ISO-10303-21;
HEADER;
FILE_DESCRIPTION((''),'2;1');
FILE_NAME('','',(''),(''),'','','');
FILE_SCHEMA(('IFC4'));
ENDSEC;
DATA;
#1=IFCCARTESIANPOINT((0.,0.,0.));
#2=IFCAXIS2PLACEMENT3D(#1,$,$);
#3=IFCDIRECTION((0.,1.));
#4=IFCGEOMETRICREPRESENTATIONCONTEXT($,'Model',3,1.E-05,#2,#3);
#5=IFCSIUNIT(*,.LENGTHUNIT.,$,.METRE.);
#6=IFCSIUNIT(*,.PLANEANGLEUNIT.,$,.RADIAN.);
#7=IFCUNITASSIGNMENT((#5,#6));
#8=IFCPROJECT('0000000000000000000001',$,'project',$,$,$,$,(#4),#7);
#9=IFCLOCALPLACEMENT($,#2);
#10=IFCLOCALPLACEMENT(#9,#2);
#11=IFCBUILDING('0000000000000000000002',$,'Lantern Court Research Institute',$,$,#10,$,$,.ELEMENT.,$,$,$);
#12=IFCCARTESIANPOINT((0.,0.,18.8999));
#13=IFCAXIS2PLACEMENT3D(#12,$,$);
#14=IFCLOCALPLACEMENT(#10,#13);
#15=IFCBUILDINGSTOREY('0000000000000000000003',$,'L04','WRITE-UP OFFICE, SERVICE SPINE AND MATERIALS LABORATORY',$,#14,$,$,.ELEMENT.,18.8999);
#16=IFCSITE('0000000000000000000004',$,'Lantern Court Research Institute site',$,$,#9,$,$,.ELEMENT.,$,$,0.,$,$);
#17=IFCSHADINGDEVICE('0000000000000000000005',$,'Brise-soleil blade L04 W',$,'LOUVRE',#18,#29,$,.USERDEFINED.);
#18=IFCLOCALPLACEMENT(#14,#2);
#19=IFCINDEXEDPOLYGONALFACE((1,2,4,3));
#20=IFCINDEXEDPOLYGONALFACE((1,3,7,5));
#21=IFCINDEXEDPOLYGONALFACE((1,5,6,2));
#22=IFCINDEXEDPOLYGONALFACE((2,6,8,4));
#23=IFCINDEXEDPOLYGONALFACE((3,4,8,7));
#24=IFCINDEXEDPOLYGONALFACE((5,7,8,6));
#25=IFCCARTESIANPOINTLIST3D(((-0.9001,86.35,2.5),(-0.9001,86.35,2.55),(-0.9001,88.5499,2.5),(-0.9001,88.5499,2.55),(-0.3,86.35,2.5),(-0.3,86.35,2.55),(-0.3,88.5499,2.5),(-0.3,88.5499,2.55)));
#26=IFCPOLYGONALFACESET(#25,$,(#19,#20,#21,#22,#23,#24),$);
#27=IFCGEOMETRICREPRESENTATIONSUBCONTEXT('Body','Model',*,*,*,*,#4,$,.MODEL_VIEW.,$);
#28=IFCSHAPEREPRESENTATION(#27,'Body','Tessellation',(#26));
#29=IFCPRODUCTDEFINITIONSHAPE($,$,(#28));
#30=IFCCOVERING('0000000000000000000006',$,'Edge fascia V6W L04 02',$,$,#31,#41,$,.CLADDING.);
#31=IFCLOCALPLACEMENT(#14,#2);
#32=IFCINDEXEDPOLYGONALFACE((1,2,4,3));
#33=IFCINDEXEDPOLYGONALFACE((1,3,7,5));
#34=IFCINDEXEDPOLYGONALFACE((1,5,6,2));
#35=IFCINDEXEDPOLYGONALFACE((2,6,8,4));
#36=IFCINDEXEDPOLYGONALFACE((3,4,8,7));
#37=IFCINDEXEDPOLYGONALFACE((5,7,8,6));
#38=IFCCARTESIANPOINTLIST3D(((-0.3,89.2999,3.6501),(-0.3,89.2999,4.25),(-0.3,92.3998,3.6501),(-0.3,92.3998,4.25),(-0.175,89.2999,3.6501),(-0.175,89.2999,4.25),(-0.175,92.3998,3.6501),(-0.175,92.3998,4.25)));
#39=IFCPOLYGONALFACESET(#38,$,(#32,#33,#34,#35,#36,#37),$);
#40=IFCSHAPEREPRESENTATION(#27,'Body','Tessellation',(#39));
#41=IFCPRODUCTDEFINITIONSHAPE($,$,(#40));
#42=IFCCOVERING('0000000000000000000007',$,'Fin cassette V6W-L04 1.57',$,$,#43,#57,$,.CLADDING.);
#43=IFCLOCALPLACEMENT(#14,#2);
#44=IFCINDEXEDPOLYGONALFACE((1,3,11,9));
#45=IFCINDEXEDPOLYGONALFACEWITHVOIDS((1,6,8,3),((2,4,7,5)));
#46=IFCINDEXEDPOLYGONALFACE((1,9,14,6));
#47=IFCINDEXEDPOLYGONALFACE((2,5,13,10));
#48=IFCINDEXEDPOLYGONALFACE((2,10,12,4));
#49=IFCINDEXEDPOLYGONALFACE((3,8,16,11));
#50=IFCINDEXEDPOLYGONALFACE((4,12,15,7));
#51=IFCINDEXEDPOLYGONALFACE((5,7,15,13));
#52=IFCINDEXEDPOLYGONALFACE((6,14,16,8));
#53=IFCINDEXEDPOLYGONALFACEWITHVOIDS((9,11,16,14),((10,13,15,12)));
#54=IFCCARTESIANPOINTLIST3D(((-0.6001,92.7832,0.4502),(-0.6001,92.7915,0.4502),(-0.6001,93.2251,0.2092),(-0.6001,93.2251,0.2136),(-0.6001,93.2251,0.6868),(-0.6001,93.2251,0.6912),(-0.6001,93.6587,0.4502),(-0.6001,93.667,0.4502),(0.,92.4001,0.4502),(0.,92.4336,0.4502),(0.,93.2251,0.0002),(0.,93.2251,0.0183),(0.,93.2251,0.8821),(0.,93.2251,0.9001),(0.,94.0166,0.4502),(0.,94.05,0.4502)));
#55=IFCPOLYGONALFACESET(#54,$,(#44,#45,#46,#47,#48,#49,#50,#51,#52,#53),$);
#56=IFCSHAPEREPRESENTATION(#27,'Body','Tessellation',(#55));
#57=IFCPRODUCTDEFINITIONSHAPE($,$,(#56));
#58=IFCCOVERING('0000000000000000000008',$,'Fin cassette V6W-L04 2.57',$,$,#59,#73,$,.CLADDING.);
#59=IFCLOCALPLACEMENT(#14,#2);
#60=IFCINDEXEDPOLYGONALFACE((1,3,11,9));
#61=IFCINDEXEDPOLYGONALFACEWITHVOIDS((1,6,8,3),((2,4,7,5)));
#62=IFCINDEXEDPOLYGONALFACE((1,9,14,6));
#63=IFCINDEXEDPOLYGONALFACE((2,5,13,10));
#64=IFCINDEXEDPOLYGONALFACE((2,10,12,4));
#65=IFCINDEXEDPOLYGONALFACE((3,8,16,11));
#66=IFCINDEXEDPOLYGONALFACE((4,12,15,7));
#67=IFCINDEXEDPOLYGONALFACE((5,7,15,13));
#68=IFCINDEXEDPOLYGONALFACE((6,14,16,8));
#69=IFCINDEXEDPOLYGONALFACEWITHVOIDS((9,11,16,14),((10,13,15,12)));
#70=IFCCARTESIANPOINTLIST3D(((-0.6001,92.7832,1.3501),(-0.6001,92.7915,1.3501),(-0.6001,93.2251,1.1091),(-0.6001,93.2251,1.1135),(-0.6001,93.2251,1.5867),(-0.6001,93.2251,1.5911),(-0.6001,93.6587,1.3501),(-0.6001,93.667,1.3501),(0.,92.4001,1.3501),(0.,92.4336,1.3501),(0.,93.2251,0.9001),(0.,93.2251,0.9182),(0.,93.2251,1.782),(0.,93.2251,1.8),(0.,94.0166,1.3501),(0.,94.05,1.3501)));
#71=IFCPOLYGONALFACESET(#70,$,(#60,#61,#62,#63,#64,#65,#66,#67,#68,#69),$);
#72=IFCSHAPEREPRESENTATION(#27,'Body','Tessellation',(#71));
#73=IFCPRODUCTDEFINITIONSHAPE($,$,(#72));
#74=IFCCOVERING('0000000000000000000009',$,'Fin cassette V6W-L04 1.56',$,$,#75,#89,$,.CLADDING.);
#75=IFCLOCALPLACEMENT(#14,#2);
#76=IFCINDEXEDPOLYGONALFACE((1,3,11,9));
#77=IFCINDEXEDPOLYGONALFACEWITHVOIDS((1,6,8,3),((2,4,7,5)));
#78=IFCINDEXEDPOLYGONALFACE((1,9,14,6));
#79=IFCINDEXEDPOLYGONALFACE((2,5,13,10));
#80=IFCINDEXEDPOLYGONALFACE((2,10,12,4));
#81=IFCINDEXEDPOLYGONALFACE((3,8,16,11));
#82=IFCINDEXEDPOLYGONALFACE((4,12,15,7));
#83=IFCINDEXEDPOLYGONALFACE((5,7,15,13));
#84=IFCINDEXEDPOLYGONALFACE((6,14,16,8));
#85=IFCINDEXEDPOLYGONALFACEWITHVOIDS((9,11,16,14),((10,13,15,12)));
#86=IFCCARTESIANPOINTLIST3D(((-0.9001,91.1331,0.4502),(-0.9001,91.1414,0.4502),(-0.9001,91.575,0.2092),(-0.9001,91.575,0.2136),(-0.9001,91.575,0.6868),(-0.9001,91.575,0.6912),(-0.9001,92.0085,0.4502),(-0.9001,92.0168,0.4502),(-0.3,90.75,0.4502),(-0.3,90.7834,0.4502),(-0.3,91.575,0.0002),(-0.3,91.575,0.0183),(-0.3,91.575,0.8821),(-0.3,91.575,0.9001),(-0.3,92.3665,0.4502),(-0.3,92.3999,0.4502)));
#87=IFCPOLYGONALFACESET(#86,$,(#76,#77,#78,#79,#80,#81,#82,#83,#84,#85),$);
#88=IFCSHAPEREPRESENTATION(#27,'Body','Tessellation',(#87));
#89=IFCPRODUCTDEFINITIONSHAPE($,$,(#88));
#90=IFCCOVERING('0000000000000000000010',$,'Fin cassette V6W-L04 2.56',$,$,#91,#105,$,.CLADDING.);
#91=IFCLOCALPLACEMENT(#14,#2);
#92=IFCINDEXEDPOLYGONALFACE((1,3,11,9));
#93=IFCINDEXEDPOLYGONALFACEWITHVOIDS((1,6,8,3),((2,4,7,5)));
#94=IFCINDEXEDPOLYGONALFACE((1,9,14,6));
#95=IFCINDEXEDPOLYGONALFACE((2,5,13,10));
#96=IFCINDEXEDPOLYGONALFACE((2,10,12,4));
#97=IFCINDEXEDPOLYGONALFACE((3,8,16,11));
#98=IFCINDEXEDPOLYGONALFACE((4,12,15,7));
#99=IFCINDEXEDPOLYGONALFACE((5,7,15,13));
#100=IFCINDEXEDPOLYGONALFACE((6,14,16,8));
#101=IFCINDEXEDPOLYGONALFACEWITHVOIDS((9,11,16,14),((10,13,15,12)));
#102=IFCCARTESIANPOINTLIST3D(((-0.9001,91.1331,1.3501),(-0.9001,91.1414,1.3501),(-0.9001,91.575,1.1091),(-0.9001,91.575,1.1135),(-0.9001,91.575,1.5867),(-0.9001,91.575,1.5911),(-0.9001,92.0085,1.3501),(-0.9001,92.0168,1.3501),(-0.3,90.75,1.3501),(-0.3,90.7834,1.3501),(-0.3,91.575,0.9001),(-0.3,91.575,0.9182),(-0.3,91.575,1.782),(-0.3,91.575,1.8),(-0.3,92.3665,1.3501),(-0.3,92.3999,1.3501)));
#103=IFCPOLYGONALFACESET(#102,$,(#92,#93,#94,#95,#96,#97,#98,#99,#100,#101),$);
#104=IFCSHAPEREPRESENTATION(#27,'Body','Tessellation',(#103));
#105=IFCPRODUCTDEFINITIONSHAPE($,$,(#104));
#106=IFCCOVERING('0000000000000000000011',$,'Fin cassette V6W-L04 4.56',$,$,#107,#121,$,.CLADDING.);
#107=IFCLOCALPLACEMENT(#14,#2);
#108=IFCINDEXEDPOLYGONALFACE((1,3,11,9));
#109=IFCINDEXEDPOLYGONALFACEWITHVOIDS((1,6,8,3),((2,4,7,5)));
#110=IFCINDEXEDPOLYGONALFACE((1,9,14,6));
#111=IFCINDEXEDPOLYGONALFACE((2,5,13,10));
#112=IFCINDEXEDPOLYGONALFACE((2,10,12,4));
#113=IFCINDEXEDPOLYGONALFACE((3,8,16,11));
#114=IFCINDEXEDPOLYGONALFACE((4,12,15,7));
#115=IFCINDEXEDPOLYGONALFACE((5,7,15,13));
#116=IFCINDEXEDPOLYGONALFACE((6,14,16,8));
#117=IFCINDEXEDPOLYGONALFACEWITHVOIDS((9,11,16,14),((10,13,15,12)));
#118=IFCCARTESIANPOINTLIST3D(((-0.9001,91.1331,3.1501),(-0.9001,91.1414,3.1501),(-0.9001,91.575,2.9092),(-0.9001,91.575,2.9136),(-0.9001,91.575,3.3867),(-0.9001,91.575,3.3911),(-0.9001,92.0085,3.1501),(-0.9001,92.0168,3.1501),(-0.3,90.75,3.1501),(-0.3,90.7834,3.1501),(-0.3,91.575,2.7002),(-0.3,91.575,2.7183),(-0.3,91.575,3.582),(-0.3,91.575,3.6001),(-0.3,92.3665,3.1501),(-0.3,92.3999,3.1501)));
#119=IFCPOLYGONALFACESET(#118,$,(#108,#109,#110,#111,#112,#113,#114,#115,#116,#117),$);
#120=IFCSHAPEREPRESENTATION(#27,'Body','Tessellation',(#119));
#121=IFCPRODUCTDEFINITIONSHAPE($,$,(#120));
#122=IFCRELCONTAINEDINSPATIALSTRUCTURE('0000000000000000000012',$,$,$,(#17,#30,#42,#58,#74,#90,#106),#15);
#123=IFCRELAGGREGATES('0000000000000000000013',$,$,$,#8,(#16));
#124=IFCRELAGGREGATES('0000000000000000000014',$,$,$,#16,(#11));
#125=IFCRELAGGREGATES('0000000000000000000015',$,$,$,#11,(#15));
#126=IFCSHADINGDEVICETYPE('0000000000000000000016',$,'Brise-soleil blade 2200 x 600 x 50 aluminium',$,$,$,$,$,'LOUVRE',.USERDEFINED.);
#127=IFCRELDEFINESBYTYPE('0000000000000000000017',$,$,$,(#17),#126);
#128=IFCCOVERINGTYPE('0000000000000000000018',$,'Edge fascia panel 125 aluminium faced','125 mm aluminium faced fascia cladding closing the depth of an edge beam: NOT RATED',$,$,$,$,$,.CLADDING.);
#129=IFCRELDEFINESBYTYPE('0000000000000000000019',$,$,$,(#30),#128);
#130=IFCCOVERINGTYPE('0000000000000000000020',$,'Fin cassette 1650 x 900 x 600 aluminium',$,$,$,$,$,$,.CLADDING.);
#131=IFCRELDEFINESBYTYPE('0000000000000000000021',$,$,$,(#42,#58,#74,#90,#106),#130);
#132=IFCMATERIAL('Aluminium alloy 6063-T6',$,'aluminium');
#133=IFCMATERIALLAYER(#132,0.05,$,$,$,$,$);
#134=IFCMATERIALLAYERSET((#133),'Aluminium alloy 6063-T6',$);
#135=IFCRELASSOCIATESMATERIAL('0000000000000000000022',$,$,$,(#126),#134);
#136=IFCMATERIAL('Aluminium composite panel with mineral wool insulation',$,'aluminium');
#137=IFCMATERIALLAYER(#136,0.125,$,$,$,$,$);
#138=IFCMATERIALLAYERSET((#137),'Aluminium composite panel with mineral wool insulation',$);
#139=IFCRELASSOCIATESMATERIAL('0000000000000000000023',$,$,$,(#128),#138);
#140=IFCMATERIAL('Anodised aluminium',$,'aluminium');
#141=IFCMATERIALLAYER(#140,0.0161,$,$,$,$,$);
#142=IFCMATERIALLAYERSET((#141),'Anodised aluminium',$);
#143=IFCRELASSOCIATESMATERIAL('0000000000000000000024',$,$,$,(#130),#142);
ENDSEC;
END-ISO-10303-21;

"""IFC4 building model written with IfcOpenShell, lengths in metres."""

from ifc_helpers import new_model, entity, si_unit, direction, frame, frame_2d, origin, origin_2d, place, context, subcontext, project, spatial, rectangle, extrude, material, layer, layer_set, type_object, element, save


model = new_model("IFC4")

# Units and contexts
model_context = context("Model", 3, precision=1e-05, world=origin(), true_north=direction((0.0, 1.0)))
body_context = subcontext(model_context, "Body", "Model", "MODEL_VIEW")
ifc_project = project(units=[si_unit("LENGTHUNIT", "METRE"), si_unit("PLANEANGLEUNIT", "RADIAN")], contexts=[model_context])

# Site, building, storey
site_placement = place(None, origin())
site = spatial("IfcSite", under=ifc_project, at=site_placement, Name="Lantern Court Research Institute site", CompositionType="ELEMENT", RefElevation=0.0)
building_placement = place(site_placement, origin())
building = spatial("IfcBuilding", under=site, at=building_placement, Name="Lantern Court Research Institute", CompositionType="ELEMENT")
storey_placement = place(building_placement, frame((0.0, 0.0, 18.8999)))
storey = spatial("IfcBuildingStorey", under=building, at=storey_placement, Name="L04", Description="WRITE-UP OFFICE, SERVICE SPINE AND MATERIALS LABORATORY", CompositionType="ELEMENT", Elevation=18.8999)

# Shading device
ifc_material_1 = material(Name="Aluminium alloy 6063-T6", Category="aluminium")
ifc_layer_1 = layer(ifc_material_1, 0.05)
ifc_layer_set_1 = layer_set([ifc_layer_1], Name="Aluminium alloy 6063-T6")
shading_device_type_1 = type_object("IfcShadingDeviceType", Name="Brise-soleil blade 2200 x 600 x 50 aluminium", ElementType="LOUVRE", PredefinedType="USERDEFINED", material=ifc_layer_set_1)
shading_device_1_placement = place(storey_placement, frame((-0.6001, 87.45, 2.5), z_axis=(0.0, 0.0, 1.0), x_axis=(0.0, 1.0, 0.0)))
element("IfcShadingDevice", 1, at=shading_device_1_placement, inside=storey, type_object=shading_device_type_1, Name="Brise-soleil blade L04 W", ObjectType="LOUVRE", PredefinedType="USERDEFINED", context=body_context, shape_type="SweptSolid", body=[
    extrude(rectangle(XDim=2.2, YDim=0.6001, at=origin_2d()), origin(), (0.0, 0.0, 1.0), 0.05),
])

# Coverings
ifc_material_2 = material(Name="Aluminium composite panel with mineral wool insulation", Category="aluminium")
ifc_layer_2 = layer(ifc_material_2, 0.125)
ifc_layer_set_2 = layer_set([ifc_layer_2], Name="Aluminium composite panel with mineral wool insulation")
covering_type_1 = type_object("IfcCoveringType", Name="Edge fascia panel 125 aluminium faced", Description="125 mm aluminium faced fascia cladding closing the depth of an edge beam: NOT RATED", PredefinedType="CLADDING", material=ifc_layer_set_2)
covering_1_placement = place(storey_placement, frame((-0.2375, 89.3, 3.6501), z_axis=(0.0, 0.0, 1.0), x_axis=(0.0, 1.0, 0.0)))
element("IfcCovering", 2, at=covering_1_placement, inside=storey, type_object=covering_type_1, Name="Edge fascia V6W L04 02", PredefinedType="CLADDING", context=body_context, shape_type="SweptSolid", body=[
    extrude(rectangle(XDim=3.0999, YDim=0.125, at=frame_2d((1.5498, 0.0))), origin(), (0.0, 0.0, 1.0), 0.5999),
])
ifc_material_3 = material(Name="Anodised aluminium", Category="aluminium")
ifc_layer_3 = layer(ifc_material_3, 0.0161)
ifc_layer_set_3 = layer_set([ifc_layer_3], Name="Anodised aluminium")
covering_type_2 = type_object("IfcCoveringType", Name="Fin cassette 1650 x 900 x 600 aluminium", PredefinedType="CLADDING", material=ifc_layer_set_3)
covering_2_placement = place(storey_placement, frame((0.0, 93.2251, 0.4502), z_axis=(-1.0, 0.0, 0.0), x_axis=(0.0, -1.0, 0.0)))
cartesian_point_1 = entity("IfcCartesianPoint", [0.825, 0.0])
cartesian_point_2 = entity("IfcCartesianPoint", [0.7915, 0.0])
cartesian_point_3 = entity("IfcCartesianPoint", [0.4419, 0.0])
cartesian_point_4 = entity("IfcCartesianPoint", [0.4336, 0.0])
element("IfcCovering", 3, at=covering_2_placement, inside=storey, type_object=covering_type_2, Name="Fin cassette V6W-L04 1.57", PredefinedType="CLADDING", context=body_context, shape_type="SweptSolid", body=[
    entity("IfcExtrudedAreaSolidTapered", entity("IfcArbitraryProfileDefWithVoids", "AREA", None, entity("IfcPolyline", [cartesian_point_1, entity("IfcCartesianPoint", [0.0, 0.45]), entity("IfcCartesianPoint", [-0.825, 0.0]), entity("IfcCartesianPoint", [0.0, -0.45]), cartesian_point_1]), [entity("IfcPolyline", [cartesian_point_2, entity("IfcCartesianPoint", [0.0, 0.4319]), entity("IfcCartesianPoint", [-0.7915, 0.0]), entity("IfcCartesianPoint", [0.0, -0.4319]), cartesian_point_2])]), entity("IfcAxis2Placement3D", entity("IfcCartesianPoint", [0.0, 0.0, 0.0])), entity("IfcDirection", [0.0, 0.0, 1.0]), 0.6001, entity("IfcArbitraryProfileDefWithVoids", "AREA", None, entity("IfcPolyline", [cartesian_point_3, entity("IfcCartesianPoint", [0.0, 0.241]), entity("IfcCartesianPoint", [-0.4419, 0.0]), entity("IfcCartesianPoint", [0.0, -0.241]), cartesian_point_3]), [entity("IfcPolyline", [cartesian_point_4, entity("IfcCartesianPoint", [0.0, 0.2366]), entity("IfcCartesianPoint", [-0.4336, 0.0]), entity("IfcCartesianPoint", [0.0, -0.2366]), cartesian_point_4])])),
])
covering_3_placement = place(storey_placement, frame((0.0, 93.2251, 1.3501), z_axis=(-1.0, 0.0, 0.0), x_axis=(0.0, -1.0, 0.0)))
cartesian_point_5 = entity("IfcCartesianPoint", [0.825, 0.0])
cartesian_point_6 = entity("IfcCartesianPoint", [0.7915, 0.0])
cartesian_point_7 = entity("IfcCartesianPoint", [0.4419, 0.0])
cartesian_point_8 = entity("IfcCartesianPoint", [0.4336, 0.0])
element("IfcCovering", 4, at=covering_3_placement, inside=storey, type_object=covering_type_2, Name="Fin cassette V6W-L04 2.57", PredefinedType="CLADDING", context=body_context, shape_type="SweptSolid", body=[
    entity("IfcExtrudedAreaSolidTapered", entity("IfcArbitraryProfileDefWithVoids", "AREA", None, entity("IfcPolyline", [cartesian_point_5, entity("IfcCartesianPoint", [0.0, 0.45]), entity("IfcCartesianPoint", [-0.825, 0.0]), entity("IfcCartesianPoint", [0.0, -0.45]), cartesian_point_5]), [entity("IfcPolyline", [cartesian_point_6, entity("IfcCartesianPoint", [0.0, 0.4319]), entity("IfcCartesianPoint", [-0.7915, 0.0]), entity("IfcCartesianPoint", [0.0, -0.4319]), cartesian_point_6])]), entity("IfcAxis2Placement3D", entity("IfcCartesianPoint", [0.0, 0.0, 0.0])), entity("IfcDirection", [0.0, 0.0, 1.0]), 0.6001, entity("IfcArbitraryProfileDefWithVoids", "AREA", None, entity("IfcPolyline", [cartesian_point_7, entity("IfcCartesianPoint", [0.0, 0.241]), entity("IfcCartesianPoint", [-0.4419, 0.0]), entity("IfcCartesianPoint", [0.0, -0.241]), cartesian_point_7]), [entity("IfcPolyline", [cartesian_point_8, entity("IfcCartesianPoint", [0.0, 0.2366]), entity("IfcCartesianPoint", [-0.4336, 0.0]), entity("IfcCartesianPoint", [0.0, -0.2366]), cartesian_point_8])])),
])
covering_4_placement = place(storey_placement, frame((-0.3, 91.575, 0.4502), z_axis=(-1.0, 0.0, 0.0), x_axis=(0.0, -1.0, 0.0)))
cartesian_point_9 = entity("IfcCartesianPoint", [0.825, 0.0])
cartesian_point_10 = entity("IfcCartesianPoint", [0.7915, 0.0])
cartesian_point_11 = entity("IfcCartesianPoint", [0.4419, 0.0])
cartesian_point_12 = entity("IfcCartesianPoint", [0.4336, 0.0])
element("IfcCovering", 5, at=covering_4_placement, inside=storey, type_object=covering_type_2, Name="Fin cassette V6W-L04 1.56", PredefinedType="CLADDING", context=body_context, shape_type="SweptSolid", body=[
    entity("IfcExtrudedAreaSolidTapered", entity("IfcArbitraryProfileDefWithVoids", "AREA", None, entity("IfcPolyline", [cartesian_point_9, entity("IfcCartesianPoint", [0.0, 0.45]), entity("IfcCartesianPoint", [-0.825, 0.0]), entity("IfcCartesianPoint", [0.0, -0.45]), cartesian_point_9]), [entity("IfcPolyline", [cartesian_point_10, entity("IfcCartesianPoint", [0.0, 0.4319]), entity("IfcCartesianPoint", [-0.7915, 0.0]), entity("IfcCartesianPoint", [0.0, -0.4319]), cartesian_point_10])]), entity("IfcAxis2Placement3D", entity("IfcCartesianPoint", [0.0, 0.0, 0.0])), entity("IfcDirection", [0.0, 0.0, 1.0]), 0.6001, entity("IfcArbitraryProfileDefWithVoids", "AREA", None, entity("IfcPolyline", [cartesian_point_11, entity("IfcCartesianPoint", [0.0, 0.241]), entity("IfcCartesianPoint", [-0.4419, 0.0]), entity("IfcCartesianPoint", [0.0, -0.241]), cartesian_point_11]), [entity("IfcPolyline", [cartesian_point_12, entity("IfcCartesianPoint", [0.0, 0.2366]), entity("IfcCartesianPoint", [-0.4336, 0.0]), entity("IfcCartesianPoint", [0.0, -0.2366]), cartesian_point_12])])),
])
covering_5_placement = place(storey_placement, frame((-0.3, 91.575, 1.3501), z_axis=(-1.0, 0.0, 0.0), x_axis=(0.0, -1.0, 0.0)))
cartesian_point_13 = entity("IfcCartesianPoint", [0.825, 0.0])
cartesian_point_14 = entity("IfcCartesianPoint", [0.7915, 0.0])
cartesian_point_15 = entity("IfcCartesianPoint", [0.4419, 0.0])
cartesian_point_16 = entity("IfcCartesianPoint", [0.4336, 0.0])
element("IfcCovering", 6, at=covering_5_placement, inside=storey, type_object=covering_type_2, Name="Fin cassette V6W-L04 2.56", PredefinedType="CLADDING", context=body_context, shape_type="SweptSolid", body=[
    entity("IfcExtrudedAreaSolidTapered", entity("IfcArbitraryProfileDefWithVoids", "AREA", None, entity("IfcPolyline", [cartesian_point_13, entity("IfcCartesianPoint", [0.0, 0.45]), entity("IfcCartesianPoint", [-0.825, 0.0]), entity("IfcCartesianPoint", [0.0, -0.45]), cartesian_point_13]), [entity("IfcPolyline", [cartesian_point_14, entity("IfcCartesianPoint", [0.0, 0.4319]), entity("IfcCartesianPoint", [-0.7915, 0.0]), entity("IfcCartesianPoint", [0.0, -0.4319]), cartesian_point_14])]), entity("IfcAxis2Placement3D", entity("IfcCartesianPoint", [0.0, 0.0, 0.0])), entity("IfcDirection", [0.0, 0.0, 1.0]), 0.6001, entity("IfcArbitraryProfileDefWithVoids", "AREA", None, entity("IfcPolyline", [cartesian_point_15, entity("IfcCartesianPoint", [0.0, 0.241]), entity("IfcCartesianPoint", [-0.4419, 0.0]), entity("IfcCartesianPoint", [0.0, -0.241]), cartesian_point_15]), [entity("IfcPolyline", [cartesian_point_16, entity("IfcCartesianPoint", [0.0, 0.2366]), entity("IfcCartesianPoint", [-0.4336, 0.0]), entity("IfcCartesianPoint", [0.0, -0.2366]), cartesian_point_16])])),
])
covering_6_placement = place(storey_placement, frame((-0.3, 91.575, 3.1501), z_axis=(-1.0, 0.0, 0.0), x_axis=(0.0, -1.0, 0.0)))
cartesian_point_17 = entity("IfcCartesianPoint", [0.825, 0.0])
cartesian_point_18 = entity("IfcCartesianPoint", [0.7915, 0.0])
cartesian_point_19 = entity("IfcCartesianPoint", [0.4419, 0.0])
cartesian_point_20 = entity("IfcCartesianPoint", [0.4336, 0.0])
element("IfcCovering", 7, at=covering_6_placement, inside=storey, type_object=covering_type_2, Name="Fin cassette V6W-L04 4.56", PredefinedType="CLADDING", context=body_context, shape_type="SweptSolid", body=[
    entity("IfcExtrudedAreaSolidTapered", entity("IfcArbitraryProfileDefWithVoids", "AREA", None, entity("IfcPolyline", [cartesian_point_17, entity("IfcCartesianPoint", [0.0, 0.45]), entity("IfcCartesianPoint", [-0.825, 0.0]), entity("IfcCartesianPoint", [0.0, -0.45]), cartesian_point_17]), [entity("IfcPolyline", [cartesian_point_18, entity("IfcCartesianPoint", [0.0, 0.4319]), entity("IfcCartesianPoint", [-0.7915, 0.0]), entity("IfcCartesianPoint", [0.0, -0.4319]), cartesian_point_18])]), entity("IfcAxis2Placement3D", entity("IfcCartesianPoint", [0.0, 0.0, 0.0])), entity("IfcDirection", [0.0, 0.0, 1.0]), 0.6001, entity("IfcArbitraryProfileDefWithVoids", "AREA", None, entity("IfcPolyline", [cartesian_point_19, entity("IfcCartesianPoint", [0.0, 0.241]), entity("IfcCartesianPoint", [-0.4419, 0.0]), entity("IfcCartesianPoint", [0.0, -0.241]), cartesian_point_19]), [entity("IfcPolyline", [cartesian_point_20, entity("IfcCartesianPoint", [0.0, 0.2366]), entity("IfcCartesianPoint", [-0.4336, 0.0]), entity("IfcCartesianPoint", [0.0, -0.2366]), cartesian_point_20])])),
])

save(model, "model.ifc")
